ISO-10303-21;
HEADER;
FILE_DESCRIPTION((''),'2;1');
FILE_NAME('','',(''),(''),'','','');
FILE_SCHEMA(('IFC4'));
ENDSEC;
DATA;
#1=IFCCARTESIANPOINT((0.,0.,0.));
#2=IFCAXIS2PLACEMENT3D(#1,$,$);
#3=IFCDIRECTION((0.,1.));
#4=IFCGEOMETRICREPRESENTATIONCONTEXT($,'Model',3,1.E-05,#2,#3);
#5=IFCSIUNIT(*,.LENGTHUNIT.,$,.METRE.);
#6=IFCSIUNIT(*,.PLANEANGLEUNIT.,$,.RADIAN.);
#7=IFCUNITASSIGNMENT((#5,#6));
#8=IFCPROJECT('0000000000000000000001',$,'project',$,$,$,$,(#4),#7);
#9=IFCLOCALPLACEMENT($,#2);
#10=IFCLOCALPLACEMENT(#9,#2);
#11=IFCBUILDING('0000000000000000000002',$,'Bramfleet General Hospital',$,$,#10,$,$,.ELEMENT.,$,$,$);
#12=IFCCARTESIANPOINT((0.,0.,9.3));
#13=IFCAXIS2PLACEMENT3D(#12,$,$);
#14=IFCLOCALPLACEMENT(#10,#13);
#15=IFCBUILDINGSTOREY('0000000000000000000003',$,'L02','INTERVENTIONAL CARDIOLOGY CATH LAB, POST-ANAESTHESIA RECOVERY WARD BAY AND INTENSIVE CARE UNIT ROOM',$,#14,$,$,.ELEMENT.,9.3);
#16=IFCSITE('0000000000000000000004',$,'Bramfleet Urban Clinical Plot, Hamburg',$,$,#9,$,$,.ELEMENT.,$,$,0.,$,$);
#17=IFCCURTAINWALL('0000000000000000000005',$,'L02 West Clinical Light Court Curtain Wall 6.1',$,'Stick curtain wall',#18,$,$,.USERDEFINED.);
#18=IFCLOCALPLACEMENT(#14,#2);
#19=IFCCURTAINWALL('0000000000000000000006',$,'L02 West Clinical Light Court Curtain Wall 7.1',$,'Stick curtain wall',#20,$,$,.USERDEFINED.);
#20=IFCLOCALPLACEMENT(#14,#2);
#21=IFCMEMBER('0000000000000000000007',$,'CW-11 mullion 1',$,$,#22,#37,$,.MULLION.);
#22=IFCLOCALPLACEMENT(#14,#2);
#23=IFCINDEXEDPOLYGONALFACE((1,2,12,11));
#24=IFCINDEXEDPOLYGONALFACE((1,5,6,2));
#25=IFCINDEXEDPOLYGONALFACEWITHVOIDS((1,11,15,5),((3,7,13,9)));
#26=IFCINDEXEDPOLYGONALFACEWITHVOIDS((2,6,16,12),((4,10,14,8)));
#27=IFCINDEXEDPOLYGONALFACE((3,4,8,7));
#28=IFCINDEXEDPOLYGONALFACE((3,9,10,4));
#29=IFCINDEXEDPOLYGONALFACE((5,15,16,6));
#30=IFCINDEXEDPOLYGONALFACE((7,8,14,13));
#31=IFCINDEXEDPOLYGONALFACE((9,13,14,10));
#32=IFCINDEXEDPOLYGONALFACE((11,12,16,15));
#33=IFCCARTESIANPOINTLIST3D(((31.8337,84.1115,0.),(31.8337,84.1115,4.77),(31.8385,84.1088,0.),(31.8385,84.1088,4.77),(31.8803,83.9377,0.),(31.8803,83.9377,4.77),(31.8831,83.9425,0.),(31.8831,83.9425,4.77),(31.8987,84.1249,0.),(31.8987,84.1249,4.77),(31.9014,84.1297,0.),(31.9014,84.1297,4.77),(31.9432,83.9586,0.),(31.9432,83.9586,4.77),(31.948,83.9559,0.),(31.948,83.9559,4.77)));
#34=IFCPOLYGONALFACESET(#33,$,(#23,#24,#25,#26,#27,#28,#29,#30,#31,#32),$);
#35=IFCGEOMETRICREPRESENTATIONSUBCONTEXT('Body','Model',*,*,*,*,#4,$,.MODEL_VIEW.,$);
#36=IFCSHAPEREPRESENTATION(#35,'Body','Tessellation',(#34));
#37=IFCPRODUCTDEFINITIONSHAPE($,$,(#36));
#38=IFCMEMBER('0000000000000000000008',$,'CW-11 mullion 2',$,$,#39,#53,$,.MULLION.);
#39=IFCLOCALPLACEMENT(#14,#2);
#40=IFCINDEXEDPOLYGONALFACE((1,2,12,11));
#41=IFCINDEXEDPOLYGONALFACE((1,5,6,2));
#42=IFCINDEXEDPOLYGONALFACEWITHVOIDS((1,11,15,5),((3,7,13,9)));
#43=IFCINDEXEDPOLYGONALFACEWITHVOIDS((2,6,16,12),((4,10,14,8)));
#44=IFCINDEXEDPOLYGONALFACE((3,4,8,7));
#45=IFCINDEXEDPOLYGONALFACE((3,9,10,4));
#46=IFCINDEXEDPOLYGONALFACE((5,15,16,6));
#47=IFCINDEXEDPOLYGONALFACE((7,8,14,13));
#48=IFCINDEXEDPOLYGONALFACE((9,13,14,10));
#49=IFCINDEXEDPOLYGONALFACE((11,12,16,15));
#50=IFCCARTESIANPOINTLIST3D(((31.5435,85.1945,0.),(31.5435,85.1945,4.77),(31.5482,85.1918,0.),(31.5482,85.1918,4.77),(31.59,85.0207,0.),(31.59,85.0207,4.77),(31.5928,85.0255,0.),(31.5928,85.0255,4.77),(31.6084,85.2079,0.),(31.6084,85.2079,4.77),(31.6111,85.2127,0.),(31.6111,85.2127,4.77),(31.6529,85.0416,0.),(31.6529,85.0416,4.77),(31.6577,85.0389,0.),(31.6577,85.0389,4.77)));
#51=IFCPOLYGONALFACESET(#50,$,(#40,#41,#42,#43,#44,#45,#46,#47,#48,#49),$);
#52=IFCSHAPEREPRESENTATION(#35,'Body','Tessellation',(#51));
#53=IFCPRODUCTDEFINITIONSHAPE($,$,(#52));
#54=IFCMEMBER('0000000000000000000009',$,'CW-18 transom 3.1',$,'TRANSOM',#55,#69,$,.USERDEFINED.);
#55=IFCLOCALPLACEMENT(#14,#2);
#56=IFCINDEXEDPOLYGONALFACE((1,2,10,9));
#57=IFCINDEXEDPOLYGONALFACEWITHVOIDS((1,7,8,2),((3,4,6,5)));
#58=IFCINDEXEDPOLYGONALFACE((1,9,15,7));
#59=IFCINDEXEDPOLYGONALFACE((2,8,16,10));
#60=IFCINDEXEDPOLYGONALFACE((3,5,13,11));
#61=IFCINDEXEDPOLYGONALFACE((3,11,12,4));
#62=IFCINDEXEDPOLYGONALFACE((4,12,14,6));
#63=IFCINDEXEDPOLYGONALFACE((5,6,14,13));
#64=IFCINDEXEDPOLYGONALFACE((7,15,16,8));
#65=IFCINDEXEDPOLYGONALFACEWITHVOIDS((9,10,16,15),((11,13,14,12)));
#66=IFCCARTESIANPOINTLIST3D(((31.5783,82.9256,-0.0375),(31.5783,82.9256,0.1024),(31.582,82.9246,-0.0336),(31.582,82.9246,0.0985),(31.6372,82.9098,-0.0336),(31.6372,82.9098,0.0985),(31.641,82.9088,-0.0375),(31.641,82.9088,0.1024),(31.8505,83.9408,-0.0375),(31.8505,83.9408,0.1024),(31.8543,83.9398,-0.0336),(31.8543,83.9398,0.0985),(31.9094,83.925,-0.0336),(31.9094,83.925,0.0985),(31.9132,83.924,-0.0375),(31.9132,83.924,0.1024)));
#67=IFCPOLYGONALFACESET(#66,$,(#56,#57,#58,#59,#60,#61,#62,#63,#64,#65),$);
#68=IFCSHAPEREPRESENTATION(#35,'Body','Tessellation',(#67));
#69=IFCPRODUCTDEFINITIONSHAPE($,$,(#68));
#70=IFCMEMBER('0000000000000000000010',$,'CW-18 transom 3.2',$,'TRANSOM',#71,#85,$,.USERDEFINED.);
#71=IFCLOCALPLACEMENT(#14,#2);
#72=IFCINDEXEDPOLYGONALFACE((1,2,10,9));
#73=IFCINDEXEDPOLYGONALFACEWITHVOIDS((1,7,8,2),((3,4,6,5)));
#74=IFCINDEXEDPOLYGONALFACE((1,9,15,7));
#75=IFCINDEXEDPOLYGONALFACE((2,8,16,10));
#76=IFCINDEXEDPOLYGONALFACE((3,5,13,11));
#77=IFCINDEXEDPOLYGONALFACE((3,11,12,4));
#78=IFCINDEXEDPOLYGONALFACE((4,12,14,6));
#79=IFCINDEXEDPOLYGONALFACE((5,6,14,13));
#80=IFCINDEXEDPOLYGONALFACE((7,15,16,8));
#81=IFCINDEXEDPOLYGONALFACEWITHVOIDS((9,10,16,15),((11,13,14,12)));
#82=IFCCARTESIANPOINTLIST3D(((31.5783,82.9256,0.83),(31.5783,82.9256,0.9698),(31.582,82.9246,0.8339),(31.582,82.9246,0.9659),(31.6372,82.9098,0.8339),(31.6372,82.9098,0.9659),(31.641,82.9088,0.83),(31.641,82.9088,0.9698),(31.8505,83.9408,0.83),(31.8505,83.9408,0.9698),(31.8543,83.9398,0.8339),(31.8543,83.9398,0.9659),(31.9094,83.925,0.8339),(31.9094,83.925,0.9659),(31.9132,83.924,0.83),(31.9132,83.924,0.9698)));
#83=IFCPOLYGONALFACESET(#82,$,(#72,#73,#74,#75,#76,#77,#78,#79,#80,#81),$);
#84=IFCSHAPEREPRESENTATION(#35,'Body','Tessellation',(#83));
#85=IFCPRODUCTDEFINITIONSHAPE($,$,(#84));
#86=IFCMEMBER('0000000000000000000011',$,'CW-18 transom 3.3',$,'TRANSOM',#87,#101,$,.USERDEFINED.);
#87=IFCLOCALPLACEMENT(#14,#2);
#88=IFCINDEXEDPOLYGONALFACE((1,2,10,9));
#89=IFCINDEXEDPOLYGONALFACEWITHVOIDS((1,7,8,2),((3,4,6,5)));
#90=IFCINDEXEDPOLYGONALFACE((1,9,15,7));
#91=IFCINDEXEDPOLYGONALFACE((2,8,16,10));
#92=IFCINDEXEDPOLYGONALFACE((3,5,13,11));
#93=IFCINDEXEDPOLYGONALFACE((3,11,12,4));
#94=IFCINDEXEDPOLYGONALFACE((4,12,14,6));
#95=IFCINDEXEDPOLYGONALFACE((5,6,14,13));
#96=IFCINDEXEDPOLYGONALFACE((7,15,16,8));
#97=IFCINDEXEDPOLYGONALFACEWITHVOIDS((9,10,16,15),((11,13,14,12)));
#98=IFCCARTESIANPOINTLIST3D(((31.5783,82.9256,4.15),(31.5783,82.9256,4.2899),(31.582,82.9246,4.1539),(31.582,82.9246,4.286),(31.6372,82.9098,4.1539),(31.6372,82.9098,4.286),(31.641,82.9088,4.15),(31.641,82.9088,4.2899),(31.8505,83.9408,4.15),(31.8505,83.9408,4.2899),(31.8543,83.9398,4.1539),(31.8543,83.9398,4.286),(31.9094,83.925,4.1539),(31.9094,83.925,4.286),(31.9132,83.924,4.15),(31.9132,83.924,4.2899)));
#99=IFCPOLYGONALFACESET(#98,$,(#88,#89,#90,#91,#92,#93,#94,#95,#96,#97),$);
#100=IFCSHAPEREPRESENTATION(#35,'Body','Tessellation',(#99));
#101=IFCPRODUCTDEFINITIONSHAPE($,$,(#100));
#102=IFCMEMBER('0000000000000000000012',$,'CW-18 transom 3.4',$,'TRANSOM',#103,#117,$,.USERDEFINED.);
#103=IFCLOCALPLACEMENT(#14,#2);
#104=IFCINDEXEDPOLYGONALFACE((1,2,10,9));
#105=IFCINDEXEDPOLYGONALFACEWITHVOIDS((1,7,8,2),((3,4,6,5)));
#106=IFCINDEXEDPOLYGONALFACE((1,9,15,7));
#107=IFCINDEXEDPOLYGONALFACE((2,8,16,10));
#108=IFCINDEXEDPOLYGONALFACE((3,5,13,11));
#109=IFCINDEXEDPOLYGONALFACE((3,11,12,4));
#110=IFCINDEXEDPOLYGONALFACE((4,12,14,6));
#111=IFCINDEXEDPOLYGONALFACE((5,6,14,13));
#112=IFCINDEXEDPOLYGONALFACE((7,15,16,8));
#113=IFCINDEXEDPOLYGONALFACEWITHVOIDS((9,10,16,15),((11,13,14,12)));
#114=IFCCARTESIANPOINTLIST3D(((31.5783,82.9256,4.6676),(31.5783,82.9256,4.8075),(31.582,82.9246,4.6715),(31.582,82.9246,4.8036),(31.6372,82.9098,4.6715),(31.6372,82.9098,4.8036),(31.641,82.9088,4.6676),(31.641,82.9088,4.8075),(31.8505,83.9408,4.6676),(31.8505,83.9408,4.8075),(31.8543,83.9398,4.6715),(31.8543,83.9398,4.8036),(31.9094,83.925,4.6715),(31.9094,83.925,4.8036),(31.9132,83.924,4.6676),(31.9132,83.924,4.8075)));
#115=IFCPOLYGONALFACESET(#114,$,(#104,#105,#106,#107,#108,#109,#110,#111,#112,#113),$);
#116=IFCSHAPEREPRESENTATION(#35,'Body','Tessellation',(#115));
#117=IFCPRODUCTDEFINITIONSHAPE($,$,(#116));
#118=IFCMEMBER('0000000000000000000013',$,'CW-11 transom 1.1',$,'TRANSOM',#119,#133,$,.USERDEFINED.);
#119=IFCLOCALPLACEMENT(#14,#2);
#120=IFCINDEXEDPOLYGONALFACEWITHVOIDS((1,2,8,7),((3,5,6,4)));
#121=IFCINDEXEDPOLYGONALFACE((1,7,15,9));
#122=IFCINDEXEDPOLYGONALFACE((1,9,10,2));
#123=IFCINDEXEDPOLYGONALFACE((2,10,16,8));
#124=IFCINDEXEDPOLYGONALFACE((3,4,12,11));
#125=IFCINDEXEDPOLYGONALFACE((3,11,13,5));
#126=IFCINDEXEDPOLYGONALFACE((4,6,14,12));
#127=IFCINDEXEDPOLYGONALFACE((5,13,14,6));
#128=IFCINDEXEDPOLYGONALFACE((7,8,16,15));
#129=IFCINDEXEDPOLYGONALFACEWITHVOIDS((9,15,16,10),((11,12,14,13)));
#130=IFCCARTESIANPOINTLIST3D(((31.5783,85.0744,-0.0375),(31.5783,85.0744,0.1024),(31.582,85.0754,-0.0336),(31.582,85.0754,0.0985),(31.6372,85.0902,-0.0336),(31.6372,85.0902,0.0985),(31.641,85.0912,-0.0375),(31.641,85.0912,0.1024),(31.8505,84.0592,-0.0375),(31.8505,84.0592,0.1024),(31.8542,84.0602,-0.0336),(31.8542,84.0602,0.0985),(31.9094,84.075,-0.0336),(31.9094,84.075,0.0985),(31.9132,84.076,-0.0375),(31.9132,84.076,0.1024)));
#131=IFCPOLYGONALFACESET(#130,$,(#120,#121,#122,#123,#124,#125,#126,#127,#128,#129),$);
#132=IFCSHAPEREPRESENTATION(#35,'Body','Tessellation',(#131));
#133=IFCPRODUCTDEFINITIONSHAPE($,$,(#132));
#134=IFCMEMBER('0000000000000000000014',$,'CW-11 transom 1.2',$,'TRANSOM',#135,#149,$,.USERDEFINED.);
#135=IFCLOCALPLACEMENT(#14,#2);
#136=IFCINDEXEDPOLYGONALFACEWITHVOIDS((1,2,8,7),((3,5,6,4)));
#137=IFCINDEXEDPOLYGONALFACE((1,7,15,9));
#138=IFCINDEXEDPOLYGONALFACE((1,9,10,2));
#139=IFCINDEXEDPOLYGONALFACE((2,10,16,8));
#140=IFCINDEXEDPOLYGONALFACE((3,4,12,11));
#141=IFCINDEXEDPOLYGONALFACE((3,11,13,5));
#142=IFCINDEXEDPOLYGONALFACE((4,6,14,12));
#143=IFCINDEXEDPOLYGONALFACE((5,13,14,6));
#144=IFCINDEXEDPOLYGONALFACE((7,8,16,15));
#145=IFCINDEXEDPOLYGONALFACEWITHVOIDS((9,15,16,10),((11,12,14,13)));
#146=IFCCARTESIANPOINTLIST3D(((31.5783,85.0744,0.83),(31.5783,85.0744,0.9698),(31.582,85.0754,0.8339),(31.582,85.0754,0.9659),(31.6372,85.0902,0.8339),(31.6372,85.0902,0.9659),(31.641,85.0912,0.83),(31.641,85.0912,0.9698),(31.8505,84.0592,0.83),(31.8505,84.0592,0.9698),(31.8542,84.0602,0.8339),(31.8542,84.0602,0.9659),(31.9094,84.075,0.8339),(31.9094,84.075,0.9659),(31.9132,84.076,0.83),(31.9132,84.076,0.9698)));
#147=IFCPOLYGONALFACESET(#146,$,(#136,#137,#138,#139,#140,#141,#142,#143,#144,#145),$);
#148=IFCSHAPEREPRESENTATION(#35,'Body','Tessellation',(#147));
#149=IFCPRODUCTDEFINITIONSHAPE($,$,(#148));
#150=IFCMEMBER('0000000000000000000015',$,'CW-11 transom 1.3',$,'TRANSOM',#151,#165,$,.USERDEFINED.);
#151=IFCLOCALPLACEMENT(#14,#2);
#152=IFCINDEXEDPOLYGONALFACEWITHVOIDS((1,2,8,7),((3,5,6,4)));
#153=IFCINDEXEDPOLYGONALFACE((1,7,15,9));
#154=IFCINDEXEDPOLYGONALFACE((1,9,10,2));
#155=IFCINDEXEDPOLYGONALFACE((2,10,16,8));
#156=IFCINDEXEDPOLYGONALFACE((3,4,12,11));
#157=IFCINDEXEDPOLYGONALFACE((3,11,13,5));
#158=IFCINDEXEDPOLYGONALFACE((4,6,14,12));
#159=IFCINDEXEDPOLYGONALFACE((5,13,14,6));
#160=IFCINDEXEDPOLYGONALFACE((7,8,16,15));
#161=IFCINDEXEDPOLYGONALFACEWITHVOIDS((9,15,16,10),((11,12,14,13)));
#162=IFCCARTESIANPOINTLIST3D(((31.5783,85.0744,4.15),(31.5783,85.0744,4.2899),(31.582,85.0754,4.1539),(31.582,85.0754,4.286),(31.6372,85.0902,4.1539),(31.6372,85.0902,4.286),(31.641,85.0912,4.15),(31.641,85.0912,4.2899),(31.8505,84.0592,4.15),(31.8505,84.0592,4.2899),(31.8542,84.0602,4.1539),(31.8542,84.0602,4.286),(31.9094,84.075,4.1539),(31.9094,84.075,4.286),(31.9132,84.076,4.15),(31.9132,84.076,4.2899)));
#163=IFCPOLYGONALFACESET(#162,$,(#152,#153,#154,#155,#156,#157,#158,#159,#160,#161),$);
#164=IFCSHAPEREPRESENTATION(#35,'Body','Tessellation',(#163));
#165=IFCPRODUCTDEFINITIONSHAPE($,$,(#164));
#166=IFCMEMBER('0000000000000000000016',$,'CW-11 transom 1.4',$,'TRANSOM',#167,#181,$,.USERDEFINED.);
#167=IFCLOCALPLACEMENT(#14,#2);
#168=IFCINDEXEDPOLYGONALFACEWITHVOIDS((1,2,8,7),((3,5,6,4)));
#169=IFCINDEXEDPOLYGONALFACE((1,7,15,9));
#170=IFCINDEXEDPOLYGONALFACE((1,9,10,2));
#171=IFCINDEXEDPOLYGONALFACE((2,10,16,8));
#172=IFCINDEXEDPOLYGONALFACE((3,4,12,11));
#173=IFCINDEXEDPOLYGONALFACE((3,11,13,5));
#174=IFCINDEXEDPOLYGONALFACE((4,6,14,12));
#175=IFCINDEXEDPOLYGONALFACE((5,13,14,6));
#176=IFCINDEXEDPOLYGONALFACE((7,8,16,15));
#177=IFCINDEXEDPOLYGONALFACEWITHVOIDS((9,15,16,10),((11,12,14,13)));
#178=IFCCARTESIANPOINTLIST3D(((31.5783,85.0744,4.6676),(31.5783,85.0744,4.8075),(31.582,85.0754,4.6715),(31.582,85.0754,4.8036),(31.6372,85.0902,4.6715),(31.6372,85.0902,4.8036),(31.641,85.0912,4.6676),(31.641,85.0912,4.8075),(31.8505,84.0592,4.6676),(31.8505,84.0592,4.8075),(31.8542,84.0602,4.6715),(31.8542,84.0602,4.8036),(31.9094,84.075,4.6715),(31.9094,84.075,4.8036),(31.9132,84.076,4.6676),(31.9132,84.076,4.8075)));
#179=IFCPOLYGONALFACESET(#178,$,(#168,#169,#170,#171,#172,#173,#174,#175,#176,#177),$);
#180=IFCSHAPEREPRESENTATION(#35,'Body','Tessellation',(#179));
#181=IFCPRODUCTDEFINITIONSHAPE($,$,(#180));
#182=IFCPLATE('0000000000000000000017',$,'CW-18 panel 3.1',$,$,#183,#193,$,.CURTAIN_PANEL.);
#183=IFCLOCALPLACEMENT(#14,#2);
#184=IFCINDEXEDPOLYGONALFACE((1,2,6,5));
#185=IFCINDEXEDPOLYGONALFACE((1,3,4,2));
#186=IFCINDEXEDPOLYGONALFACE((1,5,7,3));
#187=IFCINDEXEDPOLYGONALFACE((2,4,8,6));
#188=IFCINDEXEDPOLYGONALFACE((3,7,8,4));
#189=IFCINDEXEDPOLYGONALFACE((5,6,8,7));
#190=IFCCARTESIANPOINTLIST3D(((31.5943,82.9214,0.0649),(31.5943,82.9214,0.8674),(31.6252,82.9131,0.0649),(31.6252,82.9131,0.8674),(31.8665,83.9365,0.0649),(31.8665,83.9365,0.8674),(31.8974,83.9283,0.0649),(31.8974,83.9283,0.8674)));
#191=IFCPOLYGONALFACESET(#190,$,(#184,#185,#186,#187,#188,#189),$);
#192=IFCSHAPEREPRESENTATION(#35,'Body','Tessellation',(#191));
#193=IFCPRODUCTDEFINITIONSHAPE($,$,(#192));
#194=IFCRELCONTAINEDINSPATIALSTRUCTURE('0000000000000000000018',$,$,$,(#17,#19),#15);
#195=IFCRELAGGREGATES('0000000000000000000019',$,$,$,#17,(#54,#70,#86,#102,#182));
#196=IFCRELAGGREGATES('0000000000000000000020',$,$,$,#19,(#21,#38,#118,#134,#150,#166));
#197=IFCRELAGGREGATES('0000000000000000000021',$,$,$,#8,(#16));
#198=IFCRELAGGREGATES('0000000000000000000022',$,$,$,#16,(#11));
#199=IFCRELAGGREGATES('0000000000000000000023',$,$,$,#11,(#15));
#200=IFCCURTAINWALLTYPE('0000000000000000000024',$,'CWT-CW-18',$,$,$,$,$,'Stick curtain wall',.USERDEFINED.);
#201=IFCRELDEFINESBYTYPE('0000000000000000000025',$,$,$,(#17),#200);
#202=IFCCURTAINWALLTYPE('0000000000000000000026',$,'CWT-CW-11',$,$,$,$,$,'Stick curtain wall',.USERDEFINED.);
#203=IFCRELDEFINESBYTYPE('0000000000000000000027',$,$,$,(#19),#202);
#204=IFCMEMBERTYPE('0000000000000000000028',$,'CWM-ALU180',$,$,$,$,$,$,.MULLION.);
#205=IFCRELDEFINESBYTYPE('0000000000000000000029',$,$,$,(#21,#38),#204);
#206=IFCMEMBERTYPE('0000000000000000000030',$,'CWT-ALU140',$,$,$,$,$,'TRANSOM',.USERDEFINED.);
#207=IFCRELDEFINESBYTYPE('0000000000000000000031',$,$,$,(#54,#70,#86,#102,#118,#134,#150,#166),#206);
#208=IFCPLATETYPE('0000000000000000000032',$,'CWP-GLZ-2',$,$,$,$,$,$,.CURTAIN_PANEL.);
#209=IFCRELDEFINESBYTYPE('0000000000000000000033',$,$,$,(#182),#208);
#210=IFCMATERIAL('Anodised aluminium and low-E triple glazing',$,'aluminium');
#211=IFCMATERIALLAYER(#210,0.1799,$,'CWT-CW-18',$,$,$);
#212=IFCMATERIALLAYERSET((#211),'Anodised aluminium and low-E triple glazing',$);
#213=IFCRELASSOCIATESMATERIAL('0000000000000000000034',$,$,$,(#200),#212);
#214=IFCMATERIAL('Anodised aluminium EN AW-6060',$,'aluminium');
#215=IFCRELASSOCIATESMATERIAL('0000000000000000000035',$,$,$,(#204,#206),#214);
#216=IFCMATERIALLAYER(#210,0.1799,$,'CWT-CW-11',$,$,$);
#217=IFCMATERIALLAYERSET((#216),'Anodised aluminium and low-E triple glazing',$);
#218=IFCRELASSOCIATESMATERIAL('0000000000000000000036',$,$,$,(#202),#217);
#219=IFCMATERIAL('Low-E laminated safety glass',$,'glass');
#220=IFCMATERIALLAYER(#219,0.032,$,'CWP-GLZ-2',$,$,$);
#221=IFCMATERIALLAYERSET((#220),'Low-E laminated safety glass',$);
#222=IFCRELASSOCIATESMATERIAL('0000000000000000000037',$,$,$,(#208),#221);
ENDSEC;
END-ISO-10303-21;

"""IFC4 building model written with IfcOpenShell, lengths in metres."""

from ifc_helpers import new_model, si_unit, direction, frame, origin, origin_2d, place, context, subcontext, project, spatial, rectangle, hollow_rectangle, extrude, material, layer, layer_set, material_profile, profile_set, type_object, element, aggregate, save


model = new_model("IFC4")

# Units and contexts
model_context = context("Model", 3, precision=1e-05, world=origin(), true_north=direction((0.0, 1.0)))
body_context = subcontext(model_context, "Body", "Model", "MODEL_VIEW")
ifc_project = project(units=[si_unit("LENGTHUNIT", "METRE"), si_unit("PLANEANGLEUNIT", "RADIAN")], contexts=[model_context])

# Site, building, storey
site_placement = place(None, origin())
site = spatial("IfcSite", under=ifc_project, at=site_placement, Name="Bramfleet Urban Clinical Plot, Hamburg", CompositionType="ELEMENT", RefElevation=0.0)
building_placement = place(site_placement, origin())
building = spatial("IfcBuilding", under=site, at=building_placement, Name="Bramfleet General Hospital", CompositionType="ELEMENT")
storey_placement = place(building_placement, frame((0.0, 0.0, 9.3)))
storey = spatial("IfcBuildingStorey", under=building, at=storey_placement, Name="L02", Description="INTERVENTIONAL CARDIOLOGY CATH LAB, POST-ANAESTHESIA RECOVERY WARD BAY AND INTENSIVE CARE UNIT ROOM", CompositionType="ELEMENT", Elevation=9.3)

# Curtain walls, members
ifc_material_1 = material(Name="Anodised aluminium and low-E triple glazing", Category="aluminium")
ifc_layer_1 = layer(ifc_material_1, 0.1799, Name="CWT-CW-18")
ifc_layer_set_1 = layer_set([ifc_layer_1], Name="Anodised aluminium and low-E triple glazing")
curtain_wall_type_1 = type_object("IfcCurtainWallType", Name="CWT-CW-18", ElementType="Stick curtain wall", PredefinedType="USERDEFINED", material=ifc_layer_set_1)
curtain_wall_1_placement = place(storey_placement, origin())
curtain_wall_1 = element("IfcCurtainWall", 1, at=curtain_wall_1_placement, inside=storey, type_object=curtain_wall_type_1, Name="L02 West Clinical Light Court Curtain Wall 6.1", ObjectType="Stick curtain wall", PredefinedType="USERDEFINED")
ifc_material_2 = material(Name="Anodised aluminium EN AW-6060", Category="aluminium")
ifc_material_profile_1 = material_profile(ifc_material_2, hollow_rectangle(XDim=0.0701, YDim=0.1799, WallThickness=0.0039, at=origin_2d()), Name="ALU 180x70x4.0")
ifc_profile_set_1 = profile_set([ifc_material_profile_1], Name="Anodised aluminium EN AW-6060")
member_type_1 = type_object("IfcMemberType", Name="CWM-ALU180", PredefinedType="MULLION", material=ifc_profile_set_1)
ifc_layer_2 = layer(ifc_material_1, 0.1799, Name="CWT-CW-11")
ifc_layer_set_2 = layer_set([ifc_layer_2], Name="Anodised aluminium and low-E triple glazing")
curtain_wall_type_2 = type_object("IfcCurtainWallType", Name="CWT-CW-11", ElementType="Stick curtain wall", PredefinedType="USERDEFINED", material=ifc_layer_set_2)
curtain_wall_2_placement = place(storey_placement, origin())
curtain_wall_2 = element("IfcCurtainWall", 2, at=curtain_wall_2_placement, inside=storey, type_object=curtain_wall_type_2, Name="L02 West Clinical Light Court Curtain Wall 7.1", ObjectType="Stick curtain wall", PredefinedType="USERDEFINED")
member_1_placement = place(storey_placement, frame((31.8909, 84.0337, 0.0), z_axis=(0.0, 0.0, 1.0), x_axis=(-0.965899, -0.258919, 0.0)))
member_1 = element("IfcMember", 3, at=member_1_placement, type_object=member_type_1, Name="CW-11 mullion 1", PredefinedType="MULLION", context=body_context, shape_type="SweptSolid", body=[
    extrude(hollow_rectangle(XDim=0.0701, YDim=0.1799, WallThickness=0.0039, at=origin_2d()), origin(), (0.0, 0.0, 1.0), 4.77),
])
member_2_placement = place(storey_placement, frame((31.6006, 85.1167, 0.0), z_axis=(0.0, 0.0, 1.0), x_axis=(-0.965899, -0.258919, 0.0)))
member_2 = element("IfcMember", 4, at=member_2_placement, type_object=member_type_1, Name="CW-11 mullion 2", PredefinedType="MULLION", context=body_context, shape_type="SweptSolid", body=[
    extrude(hollow_rectangle(XDim=0.0701, YDim=0.1799, WallThickness=0.0039, at=origin_2d()), origin(), (0.0, 0.0, 1.0), 4.77),
])

# Members
ifc_material_profile_2 = material_profile(ifc_material_2, hollow_rectangle(XDim=0.0649, YDim=0.1399, WallThickness=0.0039, at=origin_2d()), Name="ALU 140x65x4.0")
ifc_profile_set_2 = profile_set([ifc_material_profile_2], Name="Anodised aluminium EN AW-6060")
member_type_2 = type_object("IfcMemberType", Name="CWT-ALU140", ElementType="TRANSOM", PredefinedType="USERDEFINED", material=ifc_profile_set_2)
member_3_placement = place(storey_placement, frame((31.6096, 82.9172, 0.0325), z_axis=(0.259007, 0.965875, 0.0), x_axis=(-0.965875, 0.259007, 0.0)))
member_3 = element("IfcMember", 5, at=member_3_placement, type_object=member_type_2, Name="CW-18 transom 3.1", ObjectType="TRANSOM", PredefinedType="USERDEFINED", context=body_context, shape_type="SweptSolid", body=[
    extrude(hollow_rectangle(XDim=0.0649, YDim=0.1399, WallThickness=0.0039, at=origin_2d()), origin(), (0.0, 0.0, 1.0), 1.051),
])
member_4_placement = place(storey_placement, frame((31.6096, 82.9172, 0.8999), z_axis=(0.259007, 0.965875, 0.0), x_axis=(-0.965875, 0.259007, 0.0)))
member_4 = element("IfcMember", 6, at=member_4_placement, type_object=member_type_2, Name="CW-18 transom 3.2", ObjectType="TRANSOM", PredefinedType="USERDEFINED", context=body_context, shape_type="SweptSolid", body=[
    extrude(hollow_rectangle(XDim=0.0649, YDim=0.1399, WallThickness=0.0039, at=origin_2d()), origin(), (0.0, 0.0, 1.0), 1.051),
])
member_5_placement = place(storey_placement, frame((31.6096, 82.9172, 4.22), z_axis=(0.259007, 0.965875, 0.0), x_axis=(-0.965875, 0.259007, 0.0)))
member_5 = element("IfcMember", 7, at=member_5_placement, type_object=member_type_2, Name="CW-18 transom 3.3", ObjectType="TRANSOM", PredefinedType="USERDEFINED", context=body_context, shape_type="SweptSolid", body=[
    extrude(hollow_rectangle(XDim=0.0649, YDim=0.1399, WallThickness=0.0039, at=origin_2d()), origin(), (0.0, 0.0, 1.0), 1.051),
])
member_6_placement = place(storey_placement, frame((31.6096, 82.9172, 4.7375), z_axis=(0.259007, 0.965875, 0.0), x_axis=(-0.965875, 0.259007, 0.0)))
member_6 = element("IfcMember", 8, at=member_6_placement, type_object=member_type_2, Name="CW-18 transom 3.4", ObjectType="TRANSOM", PredefinedType="USERDEFINED", context=body_context, shape_type="SweptSolid", body=[
    extrude(hollow_rectangle(XDim=0.0649, YDim=0.1399, WallThickness=0.0039, at=origin_2d()), origin(), (0.0, 0.0, 1.0), 1.051),
])
member_7_placement = place(storey_placement, frame((31.8818, 84.0676, 0.0325), z_axis=(-0.259007, 0.965875, 0.0), x_axis=(-0.965875, -0.259007, 0.0)))
member_7 = element("IfcMember", 9, at=member_7_placement, type_object=member_type_2, Name="CW-11 transom 1.1", ObjectType="TRANSOM", PredefinedType="USERDEFINED", context=body_context, shape_type="SweptSolid", body=[
    extrude(hollow_rectangle(XDim=0.0649, YDim=0.1399, WallThickness=0.0039, at=origin_2d()), origin(), (0.0, 0.0, 1.0), 1.051),
])
member_8_placement = place(storey_placement, frame((31.8818, 84.0676, 0.8999), z_axis=(-0.259007, 0.965875, 0.0), x_axis=(-0.965875, -0.259007, 0.0)))
member_8 = element("IfcMember", 10, at=member_8_placement, type_object=member_type_2, Name="CW-11 transom 1.2", ObjectType="TRANSOM", PredefinedType="USERDEFINED", context=body_context, shape_type="SweptSolid", body=[
    extrude(hollow_rectangle(XDim=0.0649, YDim=0.1399, WallThickness=0.0039, at=origin_2d()), origin(), (0.0, 0.0, 1.0), 1.051),
])
member_9_placement = place(storey_placement, frame((31.8818, 84.0676, 4.22), z_axis=(-0.259007, 0.965875, 0.0), x_axis=(-0.965875, -0.259007, 0.0)))
member_9 = element("IfcMember", 11, at=member_9_placement, type_object=member_type_2, Name="CW-11 transom 1.3", ObjectType="TRANSOM", PredefinedType="USERDEFINED", context=body_context, shape_type="SweptSolid", body=[
    extrude(hollow_rectangle(XDim=0.0649, YDim=0.1399, WallThickness=0.0039, at=origin_2d()), origin(), (0.0, 0.0, 1.0), 1.051),
])
member_10_placement = place(storey_placement, frame((31.8818, 84.0676, 4.7375), z_axis=(-0.259007, 0.965875, 0.0), x_axis=(-0.965875, -0.259007, 0.0)))
member_10 = element("IfcMember", 12, at=member_10_placement, type_object=member_type_2, Name="CW-11 transom 1.4", ObjectType="TRANSOM", PredefinedType="USERDEFINED", context=body_context, shape_type="SweptSolid", body=[
    extrude(hollow_rectangle(XDim=0.0649, YDim=0.1399, WallThickness=0.0039, at=origin_2d()), origin(), (0.0, 0.0, 1.0), 1.051),
])

# Plate
ifc_material_3 = material(Name="Low-E laminated safety glass", Category="glass")
ifc_layer_3 = layer(ifc_material_3, 0.032, Name="CWP-GLZ-2")
ifc_layer_set_3 = layer_set([ifc_layer_3], Name="Low-E laminated safety glass")
plate_type = type_object("IfcPlateType", Name="CWP-GLZ-2", PredefinedType="CURTAIN_PANEL", material=ifc_layer_set_3)
plate_1_placement = place(storey_placement, frame((31.7458, 83.4248, 0.0649), z_axis=(0.0, 0.0, 1.0), x_axis=(0.258919, 0.965899, 0.0)))
plate_1 = element("IfcPlate", 13, at=plate_1_placement, type_object=plate_type, Name="CW-18 panel 3.1", PredefinedType="CURTAIN_PANEL", context=body_context, shape_type="SweptSolid", body=[
    extrude(rectangle(XDim=1.051, YDim=0.032, at=origin_2d()), origin(), (0.0, 0.0, 1.0), 0.8025),
])
aggregate(curtain_wall_1, [member_3, member_4, member_5, member_6, plate_1])
aggregate(curtain_wall_2, [member_1, member_2, member_7, member_8, member_9, member_10])

save(model, "model.ifc")
